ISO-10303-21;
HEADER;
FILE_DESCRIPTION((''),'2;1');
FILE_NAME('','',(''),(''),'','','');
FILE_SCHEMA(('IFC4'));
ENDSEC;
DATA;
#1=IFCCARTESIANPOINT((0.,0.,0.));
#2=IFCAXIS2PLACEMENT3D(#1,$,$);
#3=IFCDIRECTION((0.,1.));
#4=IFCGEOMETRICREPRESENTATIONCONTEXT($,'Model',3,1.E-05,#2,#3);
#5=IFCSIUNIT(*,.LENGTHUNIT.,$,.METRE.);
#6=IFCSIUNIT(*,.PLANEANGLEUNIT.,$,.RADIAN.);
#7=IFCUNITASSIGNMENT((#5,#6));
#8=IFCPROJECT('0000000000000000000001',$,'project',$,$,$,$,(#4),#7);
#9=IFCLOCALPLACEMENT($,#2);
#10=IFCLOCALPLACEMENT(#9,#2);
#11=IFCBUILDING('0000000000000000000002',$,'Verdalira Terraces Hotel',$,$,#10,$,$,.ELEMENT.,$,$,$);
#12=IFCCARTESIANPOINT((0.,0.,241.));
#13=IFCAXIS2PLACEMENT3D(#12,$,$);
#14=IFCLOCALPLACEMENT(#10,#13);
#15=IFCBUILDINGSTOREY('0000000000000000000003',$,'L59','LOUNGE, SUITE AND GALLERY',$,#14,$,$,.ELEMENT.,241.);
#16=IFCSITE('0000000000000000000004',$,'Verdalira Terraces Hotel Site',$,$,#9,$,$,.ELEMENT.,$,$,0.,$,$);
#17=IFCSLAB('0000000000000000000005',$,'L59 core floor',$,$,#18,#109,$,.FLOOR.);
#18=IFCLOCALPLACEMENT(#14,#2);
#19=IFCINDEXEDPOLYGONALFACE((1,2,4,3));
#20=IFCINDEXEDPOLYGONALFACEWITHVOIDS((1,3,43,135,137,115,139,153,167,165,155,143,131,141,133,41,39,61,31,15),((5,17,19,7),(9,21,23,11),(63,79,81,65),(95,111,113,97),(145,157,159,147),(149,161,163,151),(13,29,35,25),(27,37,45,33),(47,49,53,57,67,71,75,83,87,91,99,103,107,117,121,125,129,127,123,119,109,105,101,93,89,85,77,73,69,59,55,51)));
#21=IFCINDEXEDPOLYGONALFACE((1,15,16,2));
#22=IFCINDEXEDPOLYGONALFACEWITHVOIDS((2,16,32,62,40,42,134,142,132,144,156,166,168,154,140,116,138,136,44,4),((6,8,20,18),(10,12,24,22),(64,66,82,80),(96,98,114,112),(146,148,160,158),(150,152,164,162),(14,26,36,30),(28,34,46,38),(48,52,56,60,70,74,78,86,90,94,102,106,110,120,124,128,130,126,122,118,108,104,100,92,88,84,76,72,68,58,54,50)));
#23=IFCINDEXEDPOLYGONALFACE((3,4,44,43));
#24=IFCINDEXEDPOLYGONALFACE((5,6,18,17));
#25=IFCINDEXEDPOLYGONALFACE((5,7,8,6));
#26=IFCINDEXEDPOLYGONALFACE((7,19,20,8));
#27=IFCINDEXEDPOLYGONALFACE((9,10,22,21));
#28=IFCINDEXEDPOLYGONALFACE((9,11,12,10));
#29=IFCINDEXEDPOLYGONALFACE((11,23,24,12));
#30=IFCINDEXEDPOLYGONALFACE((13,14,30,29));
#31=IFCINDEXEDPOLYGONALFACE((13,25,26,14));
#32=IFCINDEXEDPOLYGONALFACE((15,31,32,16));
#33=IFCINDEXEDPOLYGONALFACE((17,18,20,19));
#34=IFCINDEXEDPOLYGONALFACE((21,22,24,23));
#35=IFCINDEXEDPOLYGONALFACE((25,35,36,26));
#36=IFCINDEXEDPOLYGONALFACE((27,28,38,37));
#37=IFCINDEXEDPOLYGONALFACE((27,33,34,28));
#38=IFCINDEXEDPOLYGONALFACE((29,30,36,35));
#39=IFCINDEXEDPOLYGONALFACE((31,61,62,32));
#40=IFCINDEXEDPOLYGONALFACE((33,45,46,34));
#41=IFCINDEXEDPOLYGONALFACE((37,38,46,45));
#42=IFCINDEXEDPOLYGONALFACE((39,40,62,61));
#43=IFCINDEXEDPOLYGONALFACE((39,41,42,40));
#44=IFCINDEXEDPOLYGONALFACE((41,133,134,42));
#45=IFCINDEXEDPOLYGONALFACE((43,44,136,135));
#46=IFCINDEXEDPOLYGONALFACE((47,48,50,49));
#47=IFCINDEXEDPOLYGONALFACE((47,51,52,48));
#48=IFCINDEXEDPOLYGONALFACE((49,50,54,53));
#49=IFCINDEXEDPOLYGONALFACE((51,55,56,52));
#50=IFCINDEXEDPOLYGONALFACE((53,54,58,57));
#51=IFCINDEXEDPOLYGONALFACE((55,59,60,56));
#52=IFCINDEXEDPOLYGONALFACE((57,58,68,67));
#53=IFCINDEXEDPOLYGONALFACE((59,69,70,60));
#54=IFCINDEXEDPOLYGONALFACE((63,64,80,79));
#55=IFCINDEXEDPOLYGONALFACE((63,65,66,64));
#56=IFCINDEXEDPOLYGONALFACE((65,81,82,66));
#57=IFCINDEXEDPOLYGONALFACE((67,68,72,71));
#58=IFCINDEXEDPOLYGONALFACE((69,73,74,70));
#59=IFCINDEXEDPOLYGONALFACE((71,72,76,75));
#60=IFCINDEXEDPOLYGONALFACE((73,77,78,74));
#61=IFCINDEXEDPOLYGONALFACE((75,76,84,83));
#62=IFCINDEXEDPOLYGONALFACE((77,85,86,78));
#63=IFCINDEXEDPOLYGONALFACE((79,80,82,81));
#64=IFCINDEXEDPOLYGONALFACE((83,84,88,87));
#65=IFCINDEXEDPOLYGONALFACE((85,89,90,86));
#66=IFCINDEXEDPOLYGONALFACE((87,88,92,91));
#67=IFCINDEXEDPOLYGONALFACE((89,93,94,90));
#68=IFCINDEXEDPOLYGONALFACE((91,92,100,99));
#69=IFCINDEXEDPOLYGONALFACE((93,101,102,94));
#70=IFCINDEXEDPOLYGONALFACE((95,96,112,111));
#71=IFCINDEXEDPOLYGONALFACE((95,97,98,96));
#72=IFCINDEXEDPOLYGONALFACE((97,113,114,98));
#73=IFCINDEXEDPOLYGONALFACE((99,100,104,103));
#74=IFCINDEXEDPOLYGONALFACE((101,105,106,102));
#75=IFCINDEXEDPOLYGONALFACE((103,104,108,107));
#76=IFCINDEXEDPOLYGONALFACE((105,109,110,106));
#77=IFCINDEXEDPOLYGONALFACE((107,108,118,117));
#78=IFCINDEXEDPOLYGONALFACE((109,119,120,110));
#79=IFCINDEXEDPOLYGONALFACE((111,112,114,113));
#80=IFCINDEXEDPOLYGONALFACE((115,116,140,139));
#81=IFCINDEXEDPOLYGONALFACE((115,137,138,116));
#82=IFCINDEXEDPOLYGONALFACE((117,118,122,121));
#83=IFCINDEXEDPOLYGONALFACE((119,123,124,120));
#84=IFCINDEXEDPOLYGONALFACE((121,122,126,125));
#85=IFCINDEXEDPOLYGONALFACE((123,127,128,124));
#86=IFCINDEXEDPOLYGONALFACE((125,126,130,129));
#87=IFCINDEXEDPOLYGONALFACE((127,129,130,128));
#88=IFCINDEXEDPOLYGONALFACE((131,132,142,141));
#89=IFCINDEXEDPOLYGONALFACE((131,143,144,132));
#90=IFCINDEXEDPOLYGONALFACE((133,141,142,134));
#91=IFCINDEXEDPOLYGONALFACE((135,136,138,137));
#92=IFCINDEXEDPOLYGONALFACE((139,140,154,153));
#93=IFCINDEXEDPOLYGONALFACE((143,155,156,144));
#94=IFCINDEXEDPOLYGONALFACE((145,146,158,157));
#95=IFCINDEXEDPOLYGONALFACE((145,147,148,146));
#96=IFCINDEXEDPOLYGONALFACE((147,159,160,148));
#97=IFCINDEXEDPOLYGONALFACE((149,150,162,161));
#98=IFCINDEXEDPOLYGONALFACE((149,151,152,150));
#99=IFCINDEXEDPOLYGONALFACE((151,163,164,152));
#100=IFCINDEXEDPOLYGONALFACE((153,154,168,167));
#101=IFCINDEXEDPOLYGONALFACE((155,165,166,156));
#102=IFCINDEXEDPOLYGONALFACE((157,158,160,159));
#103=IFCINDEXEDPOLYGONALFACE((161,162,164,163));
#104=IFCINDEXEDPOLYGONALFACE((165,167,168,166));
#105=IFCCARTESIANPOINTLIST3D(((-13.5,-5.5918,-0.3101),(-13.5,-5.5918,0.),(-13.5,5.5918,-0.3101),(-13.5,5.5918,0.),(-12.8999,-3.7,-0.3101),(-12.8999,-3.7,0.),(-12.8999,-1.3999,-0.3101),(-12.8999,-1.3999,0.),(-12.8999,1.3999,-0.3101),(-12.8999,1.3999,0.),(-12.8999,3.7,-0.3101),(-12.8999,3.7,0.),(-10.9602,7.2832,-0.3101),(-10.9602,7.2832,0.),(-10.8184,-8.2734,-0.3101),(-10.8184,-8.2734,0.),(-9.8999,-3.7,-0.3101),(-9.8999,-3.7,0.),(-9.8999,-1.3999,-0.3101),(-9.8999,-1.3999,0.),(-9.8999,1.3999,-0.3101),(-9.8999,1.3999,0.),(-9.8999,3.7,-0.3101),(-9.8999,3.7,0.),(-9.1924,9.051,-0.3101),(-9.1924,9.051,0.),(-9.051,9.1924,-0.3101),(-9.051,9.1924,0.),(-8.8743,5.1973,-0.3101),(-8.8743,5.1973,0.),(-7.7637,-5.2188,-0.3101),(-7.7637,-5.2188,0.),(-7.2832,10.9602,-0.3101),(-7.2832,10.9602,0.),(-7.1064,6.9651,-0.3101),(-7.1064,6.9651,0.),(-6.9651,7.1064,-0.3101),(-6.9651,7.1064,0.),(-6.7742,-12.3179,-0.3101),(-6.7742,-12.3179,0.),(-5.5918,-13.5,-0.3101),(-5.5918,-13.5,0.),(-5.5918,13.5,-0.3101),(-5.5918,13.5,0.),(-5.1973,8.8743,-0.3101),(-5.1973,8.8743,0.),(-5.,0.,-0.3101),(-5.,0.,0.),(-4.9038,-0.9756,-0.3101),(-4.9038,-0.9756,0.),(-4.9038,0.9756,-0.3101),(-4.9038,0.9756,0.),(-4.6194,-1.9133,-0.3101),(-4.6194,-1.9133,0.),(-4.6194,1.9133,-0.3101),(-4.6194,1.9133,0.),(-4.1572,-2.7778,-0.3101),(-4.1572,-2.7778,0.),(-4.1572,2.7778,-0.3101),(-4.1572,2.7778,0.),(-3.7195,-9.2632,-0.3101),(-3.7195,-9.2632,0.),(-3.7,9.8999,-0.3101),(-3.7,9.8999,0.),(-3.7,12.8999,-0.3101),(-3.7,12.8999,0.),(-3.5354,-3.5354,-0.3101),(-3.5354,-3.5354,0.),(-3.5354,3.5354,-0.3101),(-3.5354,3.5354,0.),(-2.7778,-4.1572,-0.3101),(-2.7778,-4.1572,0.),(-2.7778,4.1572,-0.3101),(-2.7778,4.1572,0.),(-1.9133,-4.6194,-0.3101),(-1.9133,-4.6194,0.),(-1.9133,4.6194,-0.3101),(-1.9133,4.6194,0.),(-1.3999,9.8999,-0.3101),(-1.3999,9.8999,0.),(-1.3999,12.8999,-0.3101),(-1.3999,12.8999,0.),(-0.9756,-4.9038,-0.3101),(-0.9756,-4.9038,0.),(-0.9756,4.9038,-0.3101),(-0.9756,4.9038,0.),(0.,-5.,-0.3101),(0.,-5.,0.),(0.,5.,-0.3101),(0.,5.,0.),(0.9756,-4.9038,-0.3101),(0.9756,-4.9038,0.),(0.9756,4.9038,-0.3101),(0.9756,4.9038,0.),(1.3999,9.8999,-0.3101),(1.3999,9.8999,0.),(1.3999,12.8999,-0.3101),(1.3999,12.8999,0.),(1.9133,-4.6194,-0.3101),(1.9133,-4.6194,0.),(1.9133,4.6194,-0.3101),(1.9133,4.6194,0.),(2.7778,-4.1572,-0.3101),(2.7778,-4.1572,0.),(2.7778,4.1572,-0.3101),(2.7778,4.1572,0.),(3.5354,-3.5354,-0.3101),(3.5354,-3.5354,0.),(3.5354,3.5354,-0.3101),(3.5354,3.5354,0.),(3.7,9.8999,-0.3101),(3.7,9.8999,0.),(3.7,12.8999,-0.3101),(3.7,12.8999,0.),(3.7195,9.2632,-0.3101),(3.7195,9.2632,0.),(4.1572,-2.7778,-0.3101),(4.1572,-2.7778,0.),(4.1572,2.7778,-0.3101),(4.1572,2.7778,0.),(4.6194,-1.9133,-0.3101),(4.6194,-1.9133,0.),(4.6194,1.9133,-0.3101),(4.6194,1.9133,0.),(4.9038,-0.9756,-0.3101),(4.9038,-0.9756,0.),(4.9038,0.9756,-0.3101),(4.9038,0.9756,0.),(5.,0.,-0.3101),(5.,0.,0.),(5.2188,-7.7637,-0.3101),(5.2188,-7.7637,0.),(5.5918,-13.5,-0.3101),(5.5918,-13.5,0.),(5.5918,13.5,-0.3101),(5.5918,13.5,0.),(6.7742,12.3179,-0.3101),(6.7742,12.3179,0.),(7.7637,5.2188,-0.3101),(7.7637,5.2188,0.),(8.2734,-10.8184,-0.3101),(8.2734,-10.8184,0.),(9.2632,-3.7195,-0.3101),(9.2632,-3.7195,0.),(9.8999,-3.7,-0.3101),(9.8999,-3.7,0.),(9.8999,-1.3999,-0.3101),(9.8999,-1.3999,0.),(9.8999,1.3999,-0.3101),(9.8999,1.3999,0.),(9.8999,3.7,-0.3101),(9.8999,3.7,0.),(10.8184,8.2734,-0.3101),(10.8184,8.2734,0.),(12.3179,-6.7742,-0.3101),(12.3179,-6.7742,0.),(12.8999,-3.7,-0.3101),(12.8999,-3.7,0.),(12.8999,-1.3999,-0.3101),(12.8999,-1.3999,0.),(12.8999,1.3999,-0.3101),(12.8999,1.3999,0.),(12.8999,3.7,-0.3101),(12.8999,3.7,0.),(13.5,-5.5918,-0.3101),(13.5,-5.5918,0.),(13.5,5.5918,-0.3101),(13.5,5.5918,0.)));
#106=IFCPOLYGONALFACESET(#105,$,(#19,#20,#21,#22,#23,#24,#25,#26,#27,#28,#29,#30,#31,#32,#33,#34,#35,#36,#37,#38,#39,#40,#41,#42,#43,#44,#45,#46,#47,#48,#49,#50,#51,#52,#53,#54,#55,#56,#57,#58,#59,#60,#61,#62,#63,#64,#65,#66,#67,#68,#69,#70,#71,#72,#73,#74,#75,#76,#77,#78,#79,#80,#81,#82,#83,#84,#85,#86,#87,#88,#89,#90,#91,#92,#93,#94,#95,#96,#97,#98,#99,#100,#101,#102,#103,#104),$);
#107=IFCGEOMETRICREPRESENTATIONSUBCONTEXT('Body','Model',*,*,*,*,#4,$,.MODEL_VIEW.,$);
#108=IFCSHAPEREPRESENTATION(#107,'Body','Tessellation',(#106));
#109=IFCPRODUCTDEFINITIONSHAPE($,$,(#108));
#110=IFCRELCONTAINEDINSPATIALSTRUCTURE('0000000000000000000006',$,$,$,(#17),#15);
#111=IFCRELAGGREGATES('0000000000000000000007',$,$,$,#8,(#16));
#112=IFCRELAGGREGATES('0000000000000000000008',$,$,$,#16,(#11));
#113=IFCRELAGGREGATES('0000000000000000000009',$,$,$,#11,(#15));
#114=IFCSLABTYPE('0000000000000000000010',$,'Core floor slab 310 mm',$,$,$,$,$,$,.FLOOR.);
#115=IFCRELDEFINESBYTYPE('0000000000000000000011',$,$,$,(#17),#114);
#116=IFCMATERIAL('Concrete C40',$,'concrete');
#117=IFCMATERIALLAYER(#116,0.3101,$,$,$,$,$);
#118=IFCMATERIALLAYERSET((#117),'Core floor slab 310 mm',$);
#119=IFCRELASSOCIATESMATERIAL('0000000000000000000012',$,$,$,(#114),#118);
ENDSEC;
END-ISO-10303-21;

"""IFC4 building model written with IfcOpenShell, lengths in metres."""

from ifc_helpers import new_model, si_unit, direction, frame, origin, place, context, subcontext, project, spatial, polyline, outline, extrude, material, layer, layer_set, type_object, element, save


model = new_model("IFC4")

# Units and contexts
model_context = context("Model", 3, precision=1e-05, world=origin(), true_north=direction((0.0, 1.0)))
body_context = subcontext(model_context, "Body", "Model", "MODEL_VIEW")
ifc_project = project(units=[si_unit("LENGTHUNIT", "METRE"), si_unit("PLANEANGLEUNIT", "RADIAN")], contexts=[model_context])

# Site, building, storey
site_placement = place(None, origin())
site = spatial("IfcSite", under=ifc_project, at=site_placement, Name="Verdalira Terraces Hotel Site", CompositionType="ELEMENT", RefElevation=0.0)
building_placement = place(site_placement, origin())
building = spatial("IfcBuilding", under=site, at=building_placement, Name="Verdalira Terraces Hotel", CompositionType="ELEMENT")
storey_placement = place(building_placement, frame((0.0, 0.0, 241.0)))
storey = spatial("IfcBuildingStorey", under=building, at=storey_placement, Name="L59", Description="LOUNGE, SUITE AND GALLERY", CompositionType="ELEMENT", Elevation=241.0)

# Slab
ifc_material_1 = material(Name="Concrete C40", Category="concrete")
ifc_layer_1 = layer(ifc_material_1, 0.3101)
ifc_layer_set_1 = layer_set([ifc_layer_1], Name="Core floor slab 310 mm")
slab_type = type_object("IfcSlabType", Name="Core floor slab 310 mm", PredefinedType="FLOOR", material=ifc_layer_set_1)
slab_placement = place(storey_placement, frame((0.0, 0.0, -0.3101)))
element("IfcSlab", 1, at=slab_placement, inside=storey, type_object=slab_type, Name="L59 core floor", PredefinedType="FLOOR", context=body_context, shape_type="SweptSolid", body=[
    extrude(outline(polyline([(-6.7742, -12.3179), (-3.7195, -9.2632), (-7.7637, -5.2188), (-10.8184, -8.2734), (-13.5, -5.5918), (-13.5, 5.5918), (-5.5918, 13.5), (5.5918, 13.5), (6.7742, 12.3179), (3.7195, 9.2632), (7.7637, 5.2188), (10.8184, 8.2734), (13.5, 5.5918), (13.5, -5.5918), (12.3179, -6.7742), (9.2632, -3.7195), (5.2188, -7.7637), (8.2734, -10.8184), (5.5918, -13.5), (-5.5918, -13.5), (-6.7742, -12.3179)]), holes=[polyline([(9.8999, -1.3999), (9.8999, -3.7), (12.8999, -3.7), (12.8999, -1.3999), (9.8999, -1.3999)]), polyline([(9.8999, 3.7), (9.8999, 1.3999), (12.8999, 1.3999), (12.8999, 3.7), (9.8999, 3.7)]), polyline([(3.7, 12.8999), (1.3999, 12.8999), (1.3999, 9.8999), (3.7, 9.8999), (3.7, 12.8999)]), polyline([(-1.3999, 12.8999), (-3.7, 12.8999), (-3.7, 9.8999), (-1.3999, 9.8999), (-1.3999, 12.8999)]), polyline([(-9.8999, 1.3999), (-9.8999, 3.7), (-12.8999, 3.7), (-12.8999, 1.3999), (-9.8999, 1.3999)]), polyline([(-9.8999, -3.7), (-9.8999, -1.3999), (-12.8999, -1.3999), (-12.8999, -3.7), (-9.8999, -3.7)]), polyline([(-9.051, 9.1924), (-6.9651, 7.1064), (-5.1973, 8.8743), (-7.2832, 10.9602), (-9.051, 9.1924)]), polyline([(-9.1924, 9.051), (-10.9602, 7.2832), (-8.8743, 5.1973), (-7.1064, 6.9651), (-9.1924, 9.051)]), polyline([(3.5354, 3.5354), (2.7778, 4.1572), (1.9133, 4.6194), (0.9756, 4.9038), (0.0, 5.0), (-0.9756, 4.9038), (-1.9133, 4.6194), (-2.7778, 4.1572), (-3.5354, 3.5354), (-4.1572, 2.7778), (-4.6194, 1.9133), (-4.9038, 0.9756), (-5.0, 0.0), (-4.9038, -0.9756), (-4.6194, -1.9133), (-4.1572, -2.7778), (-3.5354, -3.5354), (-2.7778, -4.1572), (-1.9133, -4.6194), (-0.9756, -4.9038), (0.0, -5.0), (0.9756, -4.9038), (1.9133, -4.6194), (2.7778, -4.1572), (3.5354, -3.5354), (4.1572, -2.7778), (4.6194, -1.9133), (4.9038, -0.9756), (5.0, 0.0), (4.9038, 0.9756), (4.6194, 1.9133), (4.1572, 2.7778), (3.5354, 3.5354)])]), origin(), (0.0, 0.0, 1.0), 0.3101),
])

save(model, "model.ifc")
